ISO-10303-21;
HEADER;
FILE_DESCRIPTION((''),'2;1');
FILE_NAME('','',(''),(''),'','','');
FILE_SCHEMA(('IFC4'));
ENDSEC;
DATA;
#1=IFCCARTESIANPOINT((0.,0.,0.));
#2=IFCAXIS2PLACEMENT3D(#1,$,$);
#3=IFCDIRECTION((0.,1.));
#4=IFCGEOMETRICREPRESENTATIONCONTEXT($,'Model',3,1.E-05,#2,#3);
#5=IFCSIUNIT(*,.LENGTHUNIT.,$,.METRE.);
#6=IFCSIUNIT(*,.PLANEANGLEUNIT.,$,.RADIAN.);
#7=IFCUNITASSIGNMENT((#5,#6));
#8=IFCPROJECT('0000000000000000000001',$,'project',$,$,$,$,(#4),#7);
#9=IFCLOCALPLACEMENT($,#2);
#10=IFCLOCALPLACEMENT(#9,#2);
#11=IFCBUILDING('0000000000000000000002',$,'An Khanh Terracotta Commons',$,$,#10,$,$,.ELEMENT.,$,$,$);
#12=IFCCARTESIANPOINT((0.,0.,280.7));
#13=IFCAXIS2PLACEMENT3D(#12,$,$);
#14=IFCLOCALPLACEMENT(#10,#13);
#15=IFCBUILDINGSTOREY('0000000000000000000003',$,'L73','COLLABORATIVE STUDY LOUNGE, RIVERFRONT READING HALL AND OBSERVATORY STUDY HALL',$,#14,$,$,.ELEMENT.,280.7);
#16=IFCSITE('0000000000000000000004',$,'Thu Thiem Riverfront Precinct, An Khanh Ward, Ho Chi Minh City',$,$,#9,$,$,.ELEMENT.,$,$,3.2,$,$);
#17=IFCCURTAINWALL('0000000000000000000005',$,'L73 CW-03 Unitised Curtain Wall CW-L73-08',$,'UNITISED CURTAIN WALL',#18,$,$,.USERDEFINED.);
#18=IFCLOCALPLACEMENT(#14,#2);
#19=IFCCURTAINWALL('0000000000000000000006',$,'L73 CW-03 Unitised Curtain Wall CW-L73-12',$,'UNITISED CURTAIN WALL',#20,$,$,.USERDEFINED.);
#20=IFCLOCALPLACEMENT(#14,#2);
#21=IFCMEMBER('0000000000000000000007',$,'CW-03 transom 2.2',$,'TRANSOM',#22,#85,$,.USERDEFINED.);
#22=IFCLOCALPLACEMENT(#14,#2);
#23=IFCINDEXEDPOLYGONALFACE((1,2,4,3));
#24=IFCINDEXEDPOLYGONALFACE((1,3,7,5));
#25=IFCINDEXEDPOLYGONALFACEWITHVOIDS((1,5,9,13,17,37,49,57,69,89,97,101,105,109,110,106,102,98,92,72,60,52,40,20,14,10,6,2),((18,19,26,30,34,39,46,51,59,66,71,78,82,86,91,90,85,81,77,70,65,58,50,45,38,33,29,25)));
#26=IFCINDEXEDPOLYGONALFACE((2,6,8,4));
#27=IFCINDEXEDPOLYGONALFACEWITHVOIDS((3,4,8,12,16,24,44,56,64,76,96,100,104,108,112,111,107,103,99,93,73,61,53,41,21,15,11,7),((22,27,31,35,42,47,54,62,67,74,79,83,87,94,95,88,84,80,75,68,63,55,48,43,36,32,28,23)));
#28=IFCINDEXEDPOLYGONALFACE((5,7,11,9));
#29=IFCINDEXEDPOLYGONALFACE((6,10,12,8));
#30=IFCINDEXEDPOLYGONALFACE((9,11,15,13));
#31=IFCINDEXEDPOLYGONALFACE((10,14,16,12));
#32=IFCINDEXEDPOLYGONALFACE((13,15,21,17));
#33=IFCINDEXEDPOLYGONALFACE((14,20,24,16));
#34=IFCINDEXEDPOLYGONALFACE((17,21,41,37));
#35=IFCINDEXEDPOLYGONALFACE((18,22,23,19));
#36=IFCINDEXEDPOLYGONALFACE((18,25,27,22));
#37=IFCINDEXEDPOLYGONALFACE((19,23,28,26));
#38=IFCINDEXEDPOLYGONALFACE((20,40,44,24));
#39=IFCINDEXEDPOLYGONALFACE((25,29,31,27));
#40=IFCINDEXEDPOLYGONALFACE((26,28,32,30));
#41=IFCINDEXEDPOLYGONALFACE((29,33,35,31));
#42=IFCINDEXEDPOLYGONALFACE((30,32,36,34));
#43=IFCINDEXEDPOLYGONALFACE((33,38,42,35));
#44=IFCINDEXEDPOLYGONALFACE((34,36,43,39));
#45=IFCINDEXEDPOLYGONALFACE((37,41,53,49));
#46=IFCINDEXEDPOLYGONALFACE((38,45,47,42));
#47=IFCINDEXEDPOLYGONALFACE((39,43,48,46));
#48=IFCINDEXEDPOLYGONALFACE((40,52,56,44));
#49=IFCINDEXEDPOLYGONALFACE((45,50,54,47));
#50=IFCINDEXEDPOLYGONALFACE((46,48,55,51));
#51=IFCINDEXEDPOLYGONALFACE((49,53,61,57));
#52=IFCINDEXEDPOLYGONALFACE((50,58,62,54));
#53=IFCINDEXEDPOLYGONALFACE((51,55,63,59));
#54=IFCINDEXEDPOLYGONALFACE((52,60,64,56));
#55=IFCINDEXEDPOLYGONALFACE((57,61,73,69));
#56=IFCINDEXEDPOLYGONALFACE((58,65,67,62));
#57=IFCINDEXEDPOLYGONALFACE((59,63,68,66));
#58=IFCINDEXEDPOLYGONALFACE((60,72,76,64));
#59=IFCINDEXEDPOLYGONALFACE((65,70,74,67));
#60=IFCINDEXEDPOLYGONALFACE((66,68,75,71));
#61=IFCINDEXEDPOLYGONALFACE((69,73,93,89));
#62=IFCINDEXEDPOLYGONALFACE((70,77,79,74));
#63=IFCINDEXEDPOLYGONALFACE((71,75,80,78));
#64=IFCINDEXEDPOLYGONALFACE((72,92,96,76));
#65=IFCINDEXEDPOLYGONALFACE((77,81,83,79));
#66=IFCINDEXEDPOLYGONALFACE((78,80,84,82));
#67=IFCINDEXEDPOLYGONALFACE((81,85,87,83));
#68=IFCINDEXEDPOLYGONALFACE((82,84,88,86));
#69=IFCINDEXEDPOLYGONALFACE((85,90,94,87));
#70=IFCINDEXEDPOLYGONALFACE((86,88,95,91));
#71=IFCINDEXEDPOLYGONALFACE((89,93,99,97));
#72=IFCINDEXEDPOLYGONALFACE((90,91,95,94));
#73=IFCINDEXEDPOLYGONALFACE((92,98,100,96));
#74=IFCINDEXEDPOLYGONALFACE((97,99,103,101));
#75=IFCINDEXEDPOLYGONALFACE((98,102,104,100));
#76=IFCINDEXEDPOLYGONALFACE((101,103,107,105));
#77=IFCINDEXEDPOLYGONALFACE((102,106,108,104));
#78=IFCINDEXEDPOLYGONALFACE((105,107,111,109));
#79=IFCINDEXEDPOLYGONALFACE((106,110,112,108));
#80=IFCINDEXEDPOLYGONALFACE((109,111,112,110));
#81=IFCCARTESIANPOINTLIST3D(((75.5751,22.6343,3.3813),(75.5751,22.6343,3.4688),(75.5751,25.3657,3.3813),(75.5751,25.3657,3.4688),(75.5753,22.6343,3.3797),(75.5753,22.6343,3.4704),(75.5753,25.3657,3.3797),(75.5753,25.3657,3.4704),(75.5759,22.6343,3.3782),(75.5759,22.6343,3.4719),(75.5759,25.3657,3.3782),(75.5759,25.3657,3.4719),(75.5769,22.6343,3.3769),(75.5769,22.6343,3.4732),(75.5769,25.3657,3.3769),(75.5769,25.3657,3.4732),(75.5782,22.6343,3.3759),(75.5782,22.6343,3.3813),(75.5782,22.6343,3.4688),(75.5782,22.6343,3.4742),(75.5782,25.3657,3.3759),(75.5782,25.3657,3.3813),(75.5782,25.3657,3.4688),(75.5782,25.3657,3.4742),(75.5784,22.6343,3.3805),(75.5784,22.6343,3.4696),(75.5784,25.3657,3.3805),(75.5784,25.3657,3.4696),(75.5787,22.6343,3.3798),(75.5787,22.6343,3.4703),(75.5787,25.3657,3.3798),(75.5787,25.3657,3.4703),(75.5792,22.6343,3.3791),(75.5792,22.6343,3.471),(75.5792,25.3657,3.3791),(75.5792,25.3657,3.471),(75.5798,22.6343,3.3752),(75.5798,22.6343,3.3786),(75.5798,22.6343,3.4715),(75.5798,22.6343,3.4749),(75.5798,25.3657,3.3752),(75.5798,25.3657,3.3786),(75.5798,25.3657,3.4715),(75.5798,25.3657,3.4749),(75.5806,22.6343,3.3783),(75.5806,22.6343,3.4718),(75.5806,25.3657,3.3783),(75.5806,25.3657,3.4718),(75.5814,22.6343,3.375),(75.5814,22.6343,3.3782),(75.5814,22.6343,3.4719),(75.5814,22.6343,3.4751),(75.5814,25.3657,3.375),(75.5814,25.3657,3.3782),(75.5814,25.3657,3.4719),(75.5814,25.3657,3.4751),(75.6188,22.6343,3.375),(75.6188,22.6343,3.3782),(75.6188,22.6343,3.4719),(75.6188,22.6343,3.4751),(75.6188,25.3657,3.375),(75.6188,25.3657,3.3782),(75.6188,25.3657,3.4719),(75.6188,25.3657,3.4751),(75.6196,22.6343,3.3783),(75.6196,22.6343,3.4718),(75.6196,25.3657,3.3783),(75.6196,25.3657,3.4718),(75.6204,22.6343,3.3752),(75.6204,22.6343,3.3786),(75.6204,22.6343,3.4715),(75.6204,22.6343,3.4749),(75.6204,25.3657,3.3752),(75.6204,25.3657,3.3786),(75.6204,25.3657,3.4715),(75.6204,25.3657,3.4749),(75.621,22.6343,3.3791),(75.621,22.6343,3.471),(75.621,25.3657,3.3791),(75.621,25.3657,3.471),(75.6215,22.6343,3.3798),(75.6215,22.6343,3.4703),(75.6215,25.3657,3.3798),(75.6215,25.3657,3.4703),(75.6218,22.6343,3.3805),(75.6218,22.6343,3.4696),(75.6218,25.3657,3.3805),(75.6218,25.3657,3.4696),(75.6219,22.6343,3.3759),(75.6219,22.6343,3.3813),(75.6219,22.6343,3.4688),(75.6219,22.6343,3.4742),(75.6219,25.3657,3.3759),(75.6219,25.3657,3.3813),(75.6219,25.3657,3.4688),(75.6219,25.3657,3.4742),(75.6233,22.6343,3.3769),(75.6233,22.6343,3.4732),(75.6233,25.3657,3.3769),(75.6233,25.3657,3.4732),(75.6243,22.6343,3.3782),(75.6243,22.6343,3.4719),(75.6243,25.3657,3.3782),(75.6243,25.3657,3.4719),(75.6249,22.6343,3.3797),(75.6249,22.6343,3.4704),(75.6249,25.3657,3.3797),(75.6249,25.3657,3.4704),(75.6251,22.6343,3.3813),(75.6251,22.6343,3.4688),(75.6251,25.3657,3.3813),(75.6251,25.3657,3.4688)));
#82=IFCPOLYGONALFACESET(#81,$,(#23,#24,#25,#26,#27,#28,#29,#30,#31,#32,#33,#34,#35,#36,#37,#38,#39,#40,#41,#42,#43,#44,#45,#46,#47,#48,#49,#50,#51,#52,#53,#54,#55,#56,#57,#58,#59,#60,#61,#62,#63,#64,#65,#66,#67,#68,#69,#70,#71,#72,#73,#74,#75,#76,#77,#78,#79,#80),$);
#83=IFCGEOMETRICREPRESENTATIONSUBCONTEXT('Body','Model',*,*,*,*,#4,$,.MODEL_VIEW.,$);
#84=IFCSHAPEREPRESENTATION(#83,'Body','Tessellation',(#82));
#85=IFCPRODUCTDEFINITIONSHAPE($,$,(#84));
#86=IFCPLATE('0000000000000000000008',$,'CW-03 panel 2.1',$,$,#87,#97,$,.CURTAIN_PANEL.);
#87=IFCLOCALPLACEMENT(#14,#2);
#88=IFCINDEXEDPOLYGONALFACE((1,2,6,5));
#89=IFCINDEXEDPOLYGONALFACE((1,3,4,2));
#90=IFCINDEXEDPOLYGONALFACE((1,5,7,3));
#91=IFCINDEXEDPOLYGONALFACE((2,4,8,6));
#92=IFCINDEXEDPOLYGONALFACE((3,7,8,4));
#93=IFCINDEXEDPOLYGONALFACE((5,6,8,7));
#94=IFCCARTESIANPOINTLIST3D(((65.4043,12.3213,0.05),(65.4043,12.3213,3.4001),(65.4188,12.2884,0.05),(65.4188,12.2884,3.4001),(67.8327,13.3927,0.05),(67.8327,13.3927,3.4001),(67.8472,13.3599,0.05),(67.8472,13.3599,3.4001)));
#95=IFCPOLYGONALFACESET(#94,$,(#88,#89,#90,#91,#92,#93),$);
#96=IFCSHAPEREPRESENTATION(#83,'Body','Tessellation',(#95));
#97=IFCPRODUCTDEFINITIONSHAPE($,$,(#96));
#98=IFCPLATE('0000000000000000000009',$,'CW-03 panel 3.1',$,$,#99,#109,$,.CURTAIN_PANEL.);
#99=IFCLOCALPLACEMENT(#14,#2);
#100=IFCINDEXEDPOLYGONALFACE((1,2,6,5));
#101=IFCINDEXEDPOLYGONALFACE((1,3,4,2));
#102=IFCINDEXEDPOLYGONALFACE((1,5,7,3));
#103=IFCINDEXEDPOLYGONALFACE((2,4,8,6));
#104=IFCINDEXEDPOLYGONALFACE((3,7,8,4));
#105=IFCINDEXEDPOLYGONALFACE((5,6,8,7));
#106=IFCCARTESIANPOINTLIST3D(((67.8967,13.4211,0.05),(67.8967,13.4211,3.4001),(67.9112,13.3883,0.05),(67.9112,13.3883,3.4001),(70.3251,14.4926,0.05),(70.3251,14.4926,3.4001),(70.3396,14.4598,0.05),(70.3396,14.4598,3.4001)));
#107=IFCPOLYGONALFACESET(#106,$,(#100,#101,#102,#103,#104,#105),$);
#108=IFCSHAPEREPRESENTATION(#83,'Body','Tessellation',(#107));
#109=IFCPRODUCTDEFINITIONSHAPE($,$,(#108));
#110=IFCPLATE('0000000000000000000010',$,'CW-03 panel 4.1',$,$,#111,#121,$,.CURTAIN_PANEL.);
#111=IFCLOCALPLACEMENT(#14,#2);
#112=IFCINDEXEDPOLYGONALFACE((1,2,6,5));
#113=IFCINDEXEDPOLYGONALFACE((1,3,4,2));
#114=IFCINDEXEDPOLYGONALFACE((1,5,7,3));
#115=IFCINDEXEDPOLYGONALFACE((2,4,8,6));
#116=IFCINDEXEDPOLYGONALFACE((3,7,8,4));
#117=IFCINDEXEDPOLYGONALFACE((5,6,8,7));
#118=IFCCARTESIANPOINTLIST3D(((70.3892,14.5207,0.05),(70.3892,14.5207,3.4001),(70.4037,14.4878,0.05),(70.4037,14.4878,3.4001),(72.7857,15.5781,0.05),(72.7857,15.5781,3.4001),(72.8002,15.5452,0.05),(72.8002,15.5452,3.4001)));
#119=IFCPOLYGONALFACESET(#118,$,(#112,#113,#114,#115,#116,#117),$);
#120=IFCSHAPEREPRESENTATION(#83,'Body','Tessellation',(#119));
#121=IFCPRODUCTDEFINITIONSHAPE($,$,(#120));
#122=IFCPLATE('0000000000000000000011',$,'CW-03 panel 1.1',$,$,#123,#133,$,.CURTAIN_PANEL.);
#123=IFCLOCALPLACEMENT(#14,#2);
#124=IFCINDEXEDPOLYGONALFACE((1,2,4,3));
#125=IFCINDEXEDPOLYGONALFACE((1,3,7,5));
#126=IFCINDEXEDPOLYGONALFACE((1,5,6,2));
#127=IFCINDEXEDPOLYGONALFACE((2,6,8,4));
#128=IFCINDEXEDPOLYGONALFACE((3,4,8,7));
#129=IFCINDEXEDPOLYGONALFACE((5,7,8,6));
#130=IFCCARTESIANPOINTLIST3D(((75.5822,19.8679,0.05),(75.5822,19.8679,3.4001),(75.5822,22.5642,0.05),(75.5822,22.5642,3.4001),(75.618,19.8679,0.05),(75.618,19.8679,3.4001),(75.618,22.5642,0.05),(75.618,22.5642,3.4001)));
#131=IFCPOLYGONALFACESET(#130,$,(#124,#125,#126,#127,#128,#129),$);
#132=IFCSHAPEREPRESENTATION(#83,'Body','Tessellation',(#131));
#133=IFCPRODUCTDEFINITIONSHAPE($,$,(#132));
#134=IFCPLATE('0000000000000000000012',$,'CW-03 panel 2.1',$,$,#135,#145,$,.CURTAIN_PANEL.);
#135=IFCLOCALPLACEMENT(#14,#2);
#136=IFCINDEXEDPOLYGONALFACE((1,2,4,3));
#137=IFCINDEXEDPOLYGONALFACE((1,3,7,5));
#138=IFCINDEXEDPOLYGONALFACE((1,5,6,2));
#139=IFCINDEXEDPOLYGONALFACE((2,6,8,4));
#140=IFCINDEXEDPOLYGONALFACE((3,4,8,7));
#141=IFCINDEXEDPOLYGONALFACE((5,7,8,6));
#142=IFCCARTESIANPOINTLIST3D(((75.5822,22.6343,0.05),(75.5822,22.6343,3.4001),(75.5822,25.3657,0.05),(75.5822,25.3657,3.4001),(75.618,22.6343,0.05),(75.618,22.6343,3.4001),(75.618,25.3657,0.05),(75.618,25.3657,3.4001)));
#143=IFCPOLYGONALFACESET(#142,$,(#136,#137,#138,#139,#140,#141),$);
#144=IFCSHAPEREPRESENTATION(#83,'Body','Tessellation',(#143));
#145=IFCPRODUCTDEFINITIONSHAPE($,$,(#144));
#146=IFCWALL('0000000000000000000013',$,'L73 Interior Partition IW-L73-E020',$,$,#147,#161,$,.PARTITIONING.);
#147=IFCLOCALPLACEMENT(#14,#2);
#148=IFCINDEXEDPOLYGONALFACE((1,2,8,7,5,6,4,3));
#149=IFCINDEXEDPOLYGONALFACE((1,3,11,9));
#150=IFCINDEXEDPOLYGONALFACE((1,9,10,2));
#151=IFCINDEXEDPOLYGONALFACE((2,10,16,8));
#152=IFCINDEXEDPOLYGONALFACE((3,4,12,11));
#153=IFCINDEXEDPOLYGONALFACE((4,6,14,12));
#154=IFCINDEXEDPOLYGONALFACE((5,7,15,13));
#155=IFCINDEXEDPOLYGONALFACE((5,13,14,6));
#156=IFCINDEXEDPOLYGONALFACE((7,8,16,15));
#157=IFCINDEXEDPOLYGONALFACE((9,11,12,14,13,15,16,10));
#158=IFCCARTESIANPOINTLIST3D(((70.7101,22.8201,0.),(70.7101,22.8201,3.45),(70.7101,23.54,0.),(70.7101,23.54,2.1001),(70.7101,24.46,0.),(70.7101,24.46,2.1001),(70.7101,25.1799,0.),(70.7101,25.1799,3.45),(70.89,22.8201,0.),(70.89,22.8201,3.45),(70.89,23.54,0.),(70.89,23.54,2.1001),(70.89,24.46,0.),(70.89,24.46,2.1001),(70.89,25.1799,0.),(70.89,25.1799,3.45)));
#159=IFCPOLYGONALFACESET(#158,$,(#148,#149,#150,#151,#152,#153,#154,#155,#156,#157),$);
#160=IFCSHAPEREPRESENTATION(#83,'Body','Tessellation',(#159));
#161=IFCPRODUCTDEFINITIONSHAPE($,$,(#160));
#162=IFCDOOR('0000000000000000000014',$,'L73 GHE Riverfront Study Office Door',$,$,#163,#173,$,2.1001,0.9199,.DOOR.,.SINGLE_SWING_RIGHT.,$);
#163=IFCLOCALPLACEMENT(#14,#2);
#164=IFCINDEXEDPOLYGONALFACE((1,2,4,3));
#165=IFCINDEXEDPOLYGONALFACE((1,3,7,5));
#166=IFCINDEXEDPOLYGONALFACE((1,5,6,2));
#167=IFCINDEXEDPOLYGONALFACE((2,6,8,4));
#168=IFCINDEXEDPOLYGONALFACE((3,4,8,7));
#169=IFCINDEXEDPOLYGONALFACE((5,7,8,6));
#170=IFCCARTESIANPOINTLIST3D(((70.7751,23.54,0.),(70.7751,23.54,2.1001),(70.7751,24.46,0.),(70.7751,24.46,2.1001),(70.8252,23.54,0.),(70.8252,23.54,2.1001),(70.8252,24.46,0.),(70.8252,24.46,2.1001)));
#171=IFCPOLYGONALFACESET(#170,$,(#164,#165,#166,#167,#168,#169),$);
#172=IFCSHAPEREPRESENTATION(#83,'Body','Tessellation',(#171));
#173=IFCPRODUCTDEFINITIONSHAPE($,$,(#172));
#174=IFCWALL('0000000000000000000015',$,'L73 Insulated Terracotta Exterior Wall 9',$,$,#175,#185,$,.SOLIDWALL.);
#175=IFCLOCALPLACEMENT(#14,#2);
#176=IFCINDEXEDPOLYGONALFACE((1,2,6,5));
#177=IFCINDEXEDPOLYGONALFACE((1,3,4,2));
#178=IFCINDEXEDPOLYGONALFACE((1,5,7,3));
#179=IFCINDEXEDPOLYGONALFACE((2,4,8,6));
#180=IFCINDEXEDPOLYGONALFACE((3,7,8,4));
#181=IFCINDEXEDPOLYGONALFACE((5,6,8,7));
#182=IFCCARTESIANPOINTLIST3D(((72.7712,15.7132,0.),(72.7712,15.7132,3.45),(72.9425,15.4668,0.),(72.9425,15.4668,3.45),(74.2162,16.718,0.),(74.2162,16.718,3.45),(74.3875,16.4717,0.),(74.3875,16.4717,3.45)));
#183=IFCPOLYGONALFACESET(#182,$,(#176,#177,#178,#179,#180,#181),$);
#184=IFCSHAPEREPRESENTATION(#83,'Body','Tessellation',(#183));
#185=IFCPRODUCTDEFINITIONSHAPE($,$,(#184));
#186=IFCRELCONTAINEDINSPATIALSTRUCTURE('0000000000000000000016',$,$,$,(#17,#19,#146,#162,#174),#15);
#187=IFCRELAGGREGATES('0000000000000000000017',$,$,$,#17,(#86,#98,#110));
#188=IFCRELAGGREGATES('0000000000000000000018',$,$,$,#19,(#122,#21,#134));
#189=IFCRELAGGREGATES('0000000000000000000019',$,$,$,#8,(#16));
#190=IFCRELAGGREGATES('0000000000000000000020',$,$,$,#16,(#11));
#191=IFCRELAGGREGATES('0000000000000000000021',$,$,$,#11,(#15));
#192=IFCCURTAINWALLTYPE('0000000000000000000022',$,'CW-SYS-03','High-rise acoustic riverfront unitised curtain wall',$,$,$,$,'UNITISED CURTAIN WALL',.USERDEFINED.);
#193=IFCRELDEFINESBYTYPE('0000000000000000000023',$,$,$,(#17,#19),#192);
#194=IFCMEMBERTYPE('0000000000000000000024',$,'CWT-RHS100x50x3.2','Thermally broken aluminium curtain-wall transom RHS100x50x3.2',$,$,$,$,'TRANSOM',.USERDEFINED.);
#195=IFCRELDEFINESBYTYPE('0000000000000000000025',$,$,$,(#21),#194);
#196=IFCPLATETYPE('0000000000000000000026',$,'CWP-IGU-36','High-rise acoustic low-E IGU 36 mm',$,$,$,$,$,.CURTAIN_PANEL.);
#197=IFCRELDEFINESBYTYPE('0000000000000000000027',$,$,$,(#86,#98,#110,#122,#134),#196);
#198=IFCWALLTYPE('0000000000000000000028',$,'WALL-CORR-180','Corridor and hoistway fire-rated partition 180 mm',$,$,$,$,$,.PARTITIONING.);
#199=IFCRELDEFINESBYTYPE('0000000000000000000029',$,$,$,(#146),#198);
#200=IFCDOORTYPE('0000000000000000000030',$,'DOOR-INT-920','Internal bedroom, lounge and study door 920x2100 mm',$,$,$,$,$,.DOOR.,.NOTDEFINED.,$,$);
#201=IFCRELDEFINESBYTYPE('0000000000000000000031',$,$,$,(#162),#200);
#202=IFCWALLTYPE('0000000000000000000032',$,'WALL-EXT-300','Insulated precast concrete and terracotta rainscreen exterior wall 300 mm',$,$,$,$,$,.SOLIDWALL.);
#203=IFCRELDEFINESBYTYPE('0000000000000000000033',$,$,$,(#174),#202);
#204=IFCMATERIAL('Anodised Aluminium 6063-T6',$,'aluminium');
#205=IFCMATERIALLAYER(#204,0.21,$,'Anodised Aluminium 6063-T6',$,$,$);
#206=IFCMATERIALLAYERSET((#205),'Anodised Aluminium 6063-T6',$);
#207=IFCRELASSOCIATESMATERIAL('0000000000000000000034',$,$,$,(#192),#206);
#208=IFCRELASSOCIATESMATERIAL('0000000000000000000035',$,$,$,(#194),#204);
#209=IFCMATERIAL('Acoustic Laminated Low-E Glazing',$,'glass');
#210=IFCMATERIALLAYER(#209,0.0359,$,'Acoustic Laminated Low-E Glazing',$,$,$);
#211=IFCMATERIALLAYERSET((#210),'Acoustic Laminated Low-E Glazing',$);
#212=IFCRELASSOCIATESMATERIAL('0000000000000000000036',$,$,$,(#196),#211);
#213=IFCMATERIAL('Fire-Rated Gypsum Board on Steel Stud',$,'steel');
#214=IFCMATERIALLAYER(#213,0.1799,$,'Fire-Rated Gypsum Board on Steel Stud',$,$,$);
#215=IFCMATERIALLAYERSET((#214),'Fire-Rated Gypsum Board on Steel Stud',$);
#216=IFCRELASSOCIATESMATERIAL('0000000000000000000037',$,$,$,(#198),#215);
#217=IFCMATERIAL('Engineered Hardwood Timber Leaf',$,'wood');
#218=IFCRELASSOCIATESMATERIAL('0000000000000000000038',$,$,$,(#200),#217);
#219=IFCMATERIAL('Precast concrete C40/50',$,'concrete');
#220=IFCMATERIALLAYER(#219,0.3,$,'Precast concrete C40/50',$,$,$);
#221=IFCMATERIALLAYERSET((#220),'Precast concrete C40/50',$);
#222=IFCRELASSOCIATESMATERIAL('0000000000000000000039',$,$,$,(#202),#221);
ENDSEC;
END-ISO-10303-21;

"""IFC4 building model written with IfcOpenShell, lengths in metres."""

from ifc_helpers import new_model, si_unit, direction, frame, frame_2d, origin, origin_2d, place, context, subcontext, project, spatial, rectangle, hollow_rectangle, extrude, material, layer, layer_set, material_profile, profile_set, type_object, element, fill, aggregate, save


model = new_model("IFC4")

# Units and contexts
model_context = context("Model", 3, precision=1e-05, world=origin(), true_north=direction((0.0, 1.0)))
body_context = subcontext(model_context, "Body", "Model", "MODEL_VIEW")
ifc_project = project(units=[si_unit("LENGTHUNIT", "METRE"), si_unit("PLANEANGLEUNIT", "RADIAN")], contexts=[model_context])

# Site, building, storey
site_placement = place(None, origin())
site = spatial("IfcSite", under=ifc_project, at=site_placement, Name="Thu Thiem Riverfront Precinct, An Khanh Ward, Ho Chi Minh City", CompositionType="ELEMENT", RefElevation=3.2)
building_placement = place(site_placement, origin())
building = spatial("IfcBuilding", under=site, at=building_placement, Name="An Khanh Terracotta Commons", CompositionType="ELEMENT")
storey_placement = place(building_placement, frame((0.0, 0.0, 280.7)))
storey = spatial("IfcBuildingStorey", under=building, at=storey_placement, Name="L73", Description="COLLABORATIVE STUDY LOUNGE, RIVERFRONT READING HALL AND OBSERVATORY STUDY HALL", CompositionType="ELEMENT", Elevation=280.7)

# Curtain walls
ifc_material_1 = material(Name="Anodised Aluminium 6063-T6", Category="aluminium")
ifc_layer_1 = layer(ifc_material_1, 0.21, Name="Anodised Aluminium 6063-T6")
ifc_layer_set_1 = layer_set([ifc_layer_1], Name="Anodised Aluminium 6063-T6")
curtain_wall_type = type_object("IfcCurtainWallType", Name="CW-SYS-03", Description="High-rise acoustic riverfront unitised curtain wall", ElementType="UNITISED CURTAIN WALL", PredefinedType="USERDEFINED", material=ifc_layer_set_1)
curtain_wall_1_placement = place(storey_placement, origin())
curtain_wall_1 = element("IfcCurtainWall", 1, at=curtain_wall_1_placement, inside=storey, type_object=curtain_wall_type, Name="L73 CW-03 Unitised Curtain Wall CW-L73-08", ObjectType="UNITISED CURTAIN WALL", PredefinedType="USERDEFINED")
curtain_wall_2_placement = place(storey_placement, origin())
curtain_wall_2 = element("IfcCurtainWall", 2, at=curtain_wall_2_placement, inside=storey, type_object=curtain_wall_type, Name="L73 CW-03 Unitised Curtain Wall CW-L73-12", ObjectType="UNITISED CURTAIN WALL", PredefinedType="USERDEFINED")

# Member
ifc_material_profile_1 = material_profile(ifc_material_1, hollow_rectangle(XDim=0.05, YDim=0.1001, WallThickness=0.0032, InnerFilletRadius=0.0032, OuterFilletRadius=0.0063, at=origin_2d()), Name="RHS100x50x3.2")
ifc_profile_set_1 = profile_set([ifc_material_profile_1], Name="Anodised Aluminium 6063-T6")
member_type_1 = type_object("IfcMemberType", Name="CWT-RHS100x50x3.2", Description="Thermally broken aluminium curtain-wall transom RHS100x50x3.2", ElementType="TRANSOM", PredefinedType="USERDEFINED", material=ifc_profile_set_1)
member_1_placement = place(storey_placement, frame((75.6001, 22.6343, 3.425), z_axis=(0.0, 1.0, 0.0), x_axis=(-1.0, 0.0, 0.0)))
member_1 = element("IfcMember", 3, at=member_1_placement, type_object=member_type_1, Name="CW-03 transom 2.2", ObjectType="TRANSOM", PredefinedType="USERDEFINED", context=body_context, shape_type="SweptSolid", body=[
    extrude(hollow_rectangle(XDim=0.05, YDim=0.1001, WallThickness=0.0032, InnerFilletRadius=0.0032, OuterFilletRadius=0.0063, at=origin_2d()), origin(), (0.0, 0.0, 1.0), 2.7314),
])

# Plates
ifc_material_2 = material(Name="Acoustic Laminated Low-E Glazing", Category="glass")
ifc_layer_2 = layer(ifc_material_2, 0.0359, Name="Acoustic Laminated Low-E Glazing")
ifc_layer_set_2 = layer_set([ifc_layer_2], Name="Acoustic Laminated Low-E Glazing")
plate_type = type_object("IfcPlateType", Name="CWP-IGU-36", Description="High-rise acoustic low-E IGU 36 mm", PredefinedType="CURTAIN_PANEL", material=ifc_layer_set_2)
plate_1_placement = place(storey_placement, frame((66.6257, 12.8406, 0.05), z_axis=(0.0, 0.0, 1.0), x_axis=(0.914902, 0.403676, 0.0)))
plate_1 = element("IfcPlate", 4, at=plate_1_placement, type_object=plate_type, Name="CW-03 panel 2.1", PredefinedType="CURTAIN_PANEL", context=body_context, shape_type="SweptSolid", body=[
    extrude(rectangle(XDim=2.6543, YDim=0.0359, at=origin_2d()), origin(), (0.0, 0.0, 1.0), 3.3501),
])
plate_2_placement = place(storey_placement, frame((69.1182, 13.9404, 0.05), z_axis=(0.0, 0.0, 1.0), x_axis=(0.914902, 0.403676, 0.0)))
plate_2 = element("IfcPlate", 5, at=plate_2_placement, type_object=plate_type, Name="CW-03 panel 3.1", PredefinedType="CURTAIN_PANEL", context=body_context, shape_type="SweptSolid", body=[
    extrude(rectangle(XDim=2.6543, YDim=0.0359, at=origin_2d()), origin(), (0.0, 0.0, 1.0), 3.3501),
])
plate_3_placement = place(storey_placement, frame((71.5947, 15.033, 0.05), z_axis=(0.0, 0.0, 1.0), x_axis=(0.914902, 0.403676, 0.0)))
plate_3 = element("IfcPlate", 6, at=plate_3_placement, type_object=plate_type, Name="CW-03 panel 4.1", PredefinedType="CURTAIN_PANEL", context=body_context, shape_type="SweptSolid", body=[
    extrude(rectangle(XDim=2.6194, YDim=0.0359, at=origin_2d()), origin(), (0.0, 0.0, 1.0), 3.3501),
])
aggregate(curtain_wall_1, [plate_1, plate_2, plate_3])
plate_4_placement = place(storey_placement, frame((75.6001, 21.2161, 0.05), z_axis=(0.0, 0.0, 1.0), x_axis=(0.0, 1.0, 0.0)))
plate_4 = element("IfcPlate", 7, at=plate_4_placement, type_object=plate_type, Name="CW-03 panel 1.1", PredefinedType="CURTAIN_PANEL", context=body_context, shape_type="SweptSolid", body=[
    extrude(rectangle(XDim=2.6963, YDim=0.0359, at=origin_2d()), origin(), (0.0, 0.0, 1.0), 3.3501),
])
plate_5_placement = place(storey_placement, frame((75.6001, 24.0, 0.05), z_axis=(0.0, 0.0, 1.0), x_axis=(0.0, 1.0, 0.0)))
plate_5 = element("IfcPlate", 8, at=plate_5_placement, type_object=plate_type, Name="CW-03 panel 2.1", PredefinedType="CURTAIN_PANEL", context=body_context, shape_type="SweptSolid", body=[
    extrude(rectangle(XDim=2.7314, YDim=0.0359, at=origin_2d()), origin(), (0.0, 0.0, 1.0), 3.3501),
])
aggregate(curtain_wall_2, [plate_4, member_1, plate_5])

# Wall, opening, door
ifc_material_3 = material(Name="Fire-Rated Gypsum Board on Steel Stud", Category="steel")
ifc_layer_3 = layer(ifc_material_3, 0.1799, Name="Fire-Rated Gypsum Board on Steel Stud")
ifc_layer_set_3 = layer_set([ifc_layer_3], Name="Fire-Rated Gypsum Board on Steel Stud")
wall_type_1 = type_object("IfcWallType", Name="WALL-CORR-180", Description="Corridor and hoistway fire-rated partition 180 mm", PredefinedType="PARTITIONING", material=ifc_layer_set_3)
wall_1_placement = place(storey_placement, frame((70.8, 22.8201, 0.0), z_axis=(0.0, 0.0, 1.0), x_axis=(0.0, 1.0, 0.0)))
wall_1 = element("IfcWall", 9, at=wall_1_placement, inside=storey, type_object=wall_type_1, Name="L73 Interior Partition IW-L73-E020", PredefinedType="PARTITIONING", context=body_context, shape_type="SweptSolid", body=[
    extrude(rectangle(XDim=2.3599, YDim=0.1799, at=frame_2d((1.1799, 0.0))), origin(), (0.0, 0.0, 1.0), 3.45),
])
opening_placement = place(wall_1_placement, frame((0.72, 0.0, 0.0)))
opening = element("IfcOpeningElement", 10, at=opening_placement, cuts=wall_1, PredefinedType="OPENING", context=body_context, shape_type="SweptSolid", body=[
    extrude(rectangle(XDim=0.9199, YDim=2.1001, at=frame_2d((0.46, 1.05))), frame((0.0, 0.0999, 0.0), z_axis=(0.0, -1.0, 0.0), x_axis=(1.0, 0.0, 0.0)), (0.0, 0.0, 1.0), 0.2),
])
ifc_material_4 = material(Name="Engineered Hardwood Timber Leaf", Category="wood")
door_type = type_object("IfcDoorType", Name="DOOR-INT-920", Description="Internal bedroom, lounge and study door 920x2100 mm", OperationType="NOTDEFINED", PredefinedType="DOOR", material=ifc_material_4)
door_placement = place(opening_placement, origin())
door = element("IfcDoor", 11, at=door_placement, inside=storey, type_object=door_type, Name="L73 GHE Riverfront Study Office Door", OperationType="SINGLE_SWING_RIGHT", OverallHeight=2.1001, OverallWidth=0.9199, PredefinedType="DOOR", context=body_context, shape_type="SweptSolid", body=[
    extrude(rectangle(XDim=0.9199, YDim=2.1001, at=frame_2d((0.46, 1.05))), frame((0.0, 0.0249, 0.0), z_axis=(0.0, -1.0, 0.0), x_axis=(1.0, 0.0, 0.0)), (0.0, 0.0, 1.0), 0.05),
])
fill(opening, door)

# Wall
ifc_material_5 = material(Name="Precast concrete C40/50", Category="concrete")
ifc_layer_4 = layer(ifc_material_5, 0.3, Name="Precast concrete C40/50")
ifc_layer_set_4 = layer_set([ifc_layer_4], Name="Precast concrete C40/50")
wall_type_2 = type_object("IfcWallType", Name="WALL-EXT-300", Description="Insulated precast concrete and terracotta rainscreen exterior wall 300 mm", PredefinedType="SOLIDWALL", material=ifc_layer_set_4)
wall_2_placement = place(storey_placement, frame((72.8569, 15.5901, 0.0), z_axis=(0.0, 0.0, 1.0), x_axis=(0.821007, 0.570918, 0.0)))
element("IfcWall", 12, at=wall_2_placement, inside=storey, type_object=wall_type_2, Name="L73 Insulated Terracotta Exterior Wall 9", PredefinedType="SOLIDWALL", context=body_context, shape_type="SweptSolid", body=[
    extrude(rectangle(XDim=1.76, YDim=0.3, at=frame_2d((0.8799, 0.0))), origin(), (0.0, 0.0, 1.0), 3.45),
])

save(model, "model.ifc")
